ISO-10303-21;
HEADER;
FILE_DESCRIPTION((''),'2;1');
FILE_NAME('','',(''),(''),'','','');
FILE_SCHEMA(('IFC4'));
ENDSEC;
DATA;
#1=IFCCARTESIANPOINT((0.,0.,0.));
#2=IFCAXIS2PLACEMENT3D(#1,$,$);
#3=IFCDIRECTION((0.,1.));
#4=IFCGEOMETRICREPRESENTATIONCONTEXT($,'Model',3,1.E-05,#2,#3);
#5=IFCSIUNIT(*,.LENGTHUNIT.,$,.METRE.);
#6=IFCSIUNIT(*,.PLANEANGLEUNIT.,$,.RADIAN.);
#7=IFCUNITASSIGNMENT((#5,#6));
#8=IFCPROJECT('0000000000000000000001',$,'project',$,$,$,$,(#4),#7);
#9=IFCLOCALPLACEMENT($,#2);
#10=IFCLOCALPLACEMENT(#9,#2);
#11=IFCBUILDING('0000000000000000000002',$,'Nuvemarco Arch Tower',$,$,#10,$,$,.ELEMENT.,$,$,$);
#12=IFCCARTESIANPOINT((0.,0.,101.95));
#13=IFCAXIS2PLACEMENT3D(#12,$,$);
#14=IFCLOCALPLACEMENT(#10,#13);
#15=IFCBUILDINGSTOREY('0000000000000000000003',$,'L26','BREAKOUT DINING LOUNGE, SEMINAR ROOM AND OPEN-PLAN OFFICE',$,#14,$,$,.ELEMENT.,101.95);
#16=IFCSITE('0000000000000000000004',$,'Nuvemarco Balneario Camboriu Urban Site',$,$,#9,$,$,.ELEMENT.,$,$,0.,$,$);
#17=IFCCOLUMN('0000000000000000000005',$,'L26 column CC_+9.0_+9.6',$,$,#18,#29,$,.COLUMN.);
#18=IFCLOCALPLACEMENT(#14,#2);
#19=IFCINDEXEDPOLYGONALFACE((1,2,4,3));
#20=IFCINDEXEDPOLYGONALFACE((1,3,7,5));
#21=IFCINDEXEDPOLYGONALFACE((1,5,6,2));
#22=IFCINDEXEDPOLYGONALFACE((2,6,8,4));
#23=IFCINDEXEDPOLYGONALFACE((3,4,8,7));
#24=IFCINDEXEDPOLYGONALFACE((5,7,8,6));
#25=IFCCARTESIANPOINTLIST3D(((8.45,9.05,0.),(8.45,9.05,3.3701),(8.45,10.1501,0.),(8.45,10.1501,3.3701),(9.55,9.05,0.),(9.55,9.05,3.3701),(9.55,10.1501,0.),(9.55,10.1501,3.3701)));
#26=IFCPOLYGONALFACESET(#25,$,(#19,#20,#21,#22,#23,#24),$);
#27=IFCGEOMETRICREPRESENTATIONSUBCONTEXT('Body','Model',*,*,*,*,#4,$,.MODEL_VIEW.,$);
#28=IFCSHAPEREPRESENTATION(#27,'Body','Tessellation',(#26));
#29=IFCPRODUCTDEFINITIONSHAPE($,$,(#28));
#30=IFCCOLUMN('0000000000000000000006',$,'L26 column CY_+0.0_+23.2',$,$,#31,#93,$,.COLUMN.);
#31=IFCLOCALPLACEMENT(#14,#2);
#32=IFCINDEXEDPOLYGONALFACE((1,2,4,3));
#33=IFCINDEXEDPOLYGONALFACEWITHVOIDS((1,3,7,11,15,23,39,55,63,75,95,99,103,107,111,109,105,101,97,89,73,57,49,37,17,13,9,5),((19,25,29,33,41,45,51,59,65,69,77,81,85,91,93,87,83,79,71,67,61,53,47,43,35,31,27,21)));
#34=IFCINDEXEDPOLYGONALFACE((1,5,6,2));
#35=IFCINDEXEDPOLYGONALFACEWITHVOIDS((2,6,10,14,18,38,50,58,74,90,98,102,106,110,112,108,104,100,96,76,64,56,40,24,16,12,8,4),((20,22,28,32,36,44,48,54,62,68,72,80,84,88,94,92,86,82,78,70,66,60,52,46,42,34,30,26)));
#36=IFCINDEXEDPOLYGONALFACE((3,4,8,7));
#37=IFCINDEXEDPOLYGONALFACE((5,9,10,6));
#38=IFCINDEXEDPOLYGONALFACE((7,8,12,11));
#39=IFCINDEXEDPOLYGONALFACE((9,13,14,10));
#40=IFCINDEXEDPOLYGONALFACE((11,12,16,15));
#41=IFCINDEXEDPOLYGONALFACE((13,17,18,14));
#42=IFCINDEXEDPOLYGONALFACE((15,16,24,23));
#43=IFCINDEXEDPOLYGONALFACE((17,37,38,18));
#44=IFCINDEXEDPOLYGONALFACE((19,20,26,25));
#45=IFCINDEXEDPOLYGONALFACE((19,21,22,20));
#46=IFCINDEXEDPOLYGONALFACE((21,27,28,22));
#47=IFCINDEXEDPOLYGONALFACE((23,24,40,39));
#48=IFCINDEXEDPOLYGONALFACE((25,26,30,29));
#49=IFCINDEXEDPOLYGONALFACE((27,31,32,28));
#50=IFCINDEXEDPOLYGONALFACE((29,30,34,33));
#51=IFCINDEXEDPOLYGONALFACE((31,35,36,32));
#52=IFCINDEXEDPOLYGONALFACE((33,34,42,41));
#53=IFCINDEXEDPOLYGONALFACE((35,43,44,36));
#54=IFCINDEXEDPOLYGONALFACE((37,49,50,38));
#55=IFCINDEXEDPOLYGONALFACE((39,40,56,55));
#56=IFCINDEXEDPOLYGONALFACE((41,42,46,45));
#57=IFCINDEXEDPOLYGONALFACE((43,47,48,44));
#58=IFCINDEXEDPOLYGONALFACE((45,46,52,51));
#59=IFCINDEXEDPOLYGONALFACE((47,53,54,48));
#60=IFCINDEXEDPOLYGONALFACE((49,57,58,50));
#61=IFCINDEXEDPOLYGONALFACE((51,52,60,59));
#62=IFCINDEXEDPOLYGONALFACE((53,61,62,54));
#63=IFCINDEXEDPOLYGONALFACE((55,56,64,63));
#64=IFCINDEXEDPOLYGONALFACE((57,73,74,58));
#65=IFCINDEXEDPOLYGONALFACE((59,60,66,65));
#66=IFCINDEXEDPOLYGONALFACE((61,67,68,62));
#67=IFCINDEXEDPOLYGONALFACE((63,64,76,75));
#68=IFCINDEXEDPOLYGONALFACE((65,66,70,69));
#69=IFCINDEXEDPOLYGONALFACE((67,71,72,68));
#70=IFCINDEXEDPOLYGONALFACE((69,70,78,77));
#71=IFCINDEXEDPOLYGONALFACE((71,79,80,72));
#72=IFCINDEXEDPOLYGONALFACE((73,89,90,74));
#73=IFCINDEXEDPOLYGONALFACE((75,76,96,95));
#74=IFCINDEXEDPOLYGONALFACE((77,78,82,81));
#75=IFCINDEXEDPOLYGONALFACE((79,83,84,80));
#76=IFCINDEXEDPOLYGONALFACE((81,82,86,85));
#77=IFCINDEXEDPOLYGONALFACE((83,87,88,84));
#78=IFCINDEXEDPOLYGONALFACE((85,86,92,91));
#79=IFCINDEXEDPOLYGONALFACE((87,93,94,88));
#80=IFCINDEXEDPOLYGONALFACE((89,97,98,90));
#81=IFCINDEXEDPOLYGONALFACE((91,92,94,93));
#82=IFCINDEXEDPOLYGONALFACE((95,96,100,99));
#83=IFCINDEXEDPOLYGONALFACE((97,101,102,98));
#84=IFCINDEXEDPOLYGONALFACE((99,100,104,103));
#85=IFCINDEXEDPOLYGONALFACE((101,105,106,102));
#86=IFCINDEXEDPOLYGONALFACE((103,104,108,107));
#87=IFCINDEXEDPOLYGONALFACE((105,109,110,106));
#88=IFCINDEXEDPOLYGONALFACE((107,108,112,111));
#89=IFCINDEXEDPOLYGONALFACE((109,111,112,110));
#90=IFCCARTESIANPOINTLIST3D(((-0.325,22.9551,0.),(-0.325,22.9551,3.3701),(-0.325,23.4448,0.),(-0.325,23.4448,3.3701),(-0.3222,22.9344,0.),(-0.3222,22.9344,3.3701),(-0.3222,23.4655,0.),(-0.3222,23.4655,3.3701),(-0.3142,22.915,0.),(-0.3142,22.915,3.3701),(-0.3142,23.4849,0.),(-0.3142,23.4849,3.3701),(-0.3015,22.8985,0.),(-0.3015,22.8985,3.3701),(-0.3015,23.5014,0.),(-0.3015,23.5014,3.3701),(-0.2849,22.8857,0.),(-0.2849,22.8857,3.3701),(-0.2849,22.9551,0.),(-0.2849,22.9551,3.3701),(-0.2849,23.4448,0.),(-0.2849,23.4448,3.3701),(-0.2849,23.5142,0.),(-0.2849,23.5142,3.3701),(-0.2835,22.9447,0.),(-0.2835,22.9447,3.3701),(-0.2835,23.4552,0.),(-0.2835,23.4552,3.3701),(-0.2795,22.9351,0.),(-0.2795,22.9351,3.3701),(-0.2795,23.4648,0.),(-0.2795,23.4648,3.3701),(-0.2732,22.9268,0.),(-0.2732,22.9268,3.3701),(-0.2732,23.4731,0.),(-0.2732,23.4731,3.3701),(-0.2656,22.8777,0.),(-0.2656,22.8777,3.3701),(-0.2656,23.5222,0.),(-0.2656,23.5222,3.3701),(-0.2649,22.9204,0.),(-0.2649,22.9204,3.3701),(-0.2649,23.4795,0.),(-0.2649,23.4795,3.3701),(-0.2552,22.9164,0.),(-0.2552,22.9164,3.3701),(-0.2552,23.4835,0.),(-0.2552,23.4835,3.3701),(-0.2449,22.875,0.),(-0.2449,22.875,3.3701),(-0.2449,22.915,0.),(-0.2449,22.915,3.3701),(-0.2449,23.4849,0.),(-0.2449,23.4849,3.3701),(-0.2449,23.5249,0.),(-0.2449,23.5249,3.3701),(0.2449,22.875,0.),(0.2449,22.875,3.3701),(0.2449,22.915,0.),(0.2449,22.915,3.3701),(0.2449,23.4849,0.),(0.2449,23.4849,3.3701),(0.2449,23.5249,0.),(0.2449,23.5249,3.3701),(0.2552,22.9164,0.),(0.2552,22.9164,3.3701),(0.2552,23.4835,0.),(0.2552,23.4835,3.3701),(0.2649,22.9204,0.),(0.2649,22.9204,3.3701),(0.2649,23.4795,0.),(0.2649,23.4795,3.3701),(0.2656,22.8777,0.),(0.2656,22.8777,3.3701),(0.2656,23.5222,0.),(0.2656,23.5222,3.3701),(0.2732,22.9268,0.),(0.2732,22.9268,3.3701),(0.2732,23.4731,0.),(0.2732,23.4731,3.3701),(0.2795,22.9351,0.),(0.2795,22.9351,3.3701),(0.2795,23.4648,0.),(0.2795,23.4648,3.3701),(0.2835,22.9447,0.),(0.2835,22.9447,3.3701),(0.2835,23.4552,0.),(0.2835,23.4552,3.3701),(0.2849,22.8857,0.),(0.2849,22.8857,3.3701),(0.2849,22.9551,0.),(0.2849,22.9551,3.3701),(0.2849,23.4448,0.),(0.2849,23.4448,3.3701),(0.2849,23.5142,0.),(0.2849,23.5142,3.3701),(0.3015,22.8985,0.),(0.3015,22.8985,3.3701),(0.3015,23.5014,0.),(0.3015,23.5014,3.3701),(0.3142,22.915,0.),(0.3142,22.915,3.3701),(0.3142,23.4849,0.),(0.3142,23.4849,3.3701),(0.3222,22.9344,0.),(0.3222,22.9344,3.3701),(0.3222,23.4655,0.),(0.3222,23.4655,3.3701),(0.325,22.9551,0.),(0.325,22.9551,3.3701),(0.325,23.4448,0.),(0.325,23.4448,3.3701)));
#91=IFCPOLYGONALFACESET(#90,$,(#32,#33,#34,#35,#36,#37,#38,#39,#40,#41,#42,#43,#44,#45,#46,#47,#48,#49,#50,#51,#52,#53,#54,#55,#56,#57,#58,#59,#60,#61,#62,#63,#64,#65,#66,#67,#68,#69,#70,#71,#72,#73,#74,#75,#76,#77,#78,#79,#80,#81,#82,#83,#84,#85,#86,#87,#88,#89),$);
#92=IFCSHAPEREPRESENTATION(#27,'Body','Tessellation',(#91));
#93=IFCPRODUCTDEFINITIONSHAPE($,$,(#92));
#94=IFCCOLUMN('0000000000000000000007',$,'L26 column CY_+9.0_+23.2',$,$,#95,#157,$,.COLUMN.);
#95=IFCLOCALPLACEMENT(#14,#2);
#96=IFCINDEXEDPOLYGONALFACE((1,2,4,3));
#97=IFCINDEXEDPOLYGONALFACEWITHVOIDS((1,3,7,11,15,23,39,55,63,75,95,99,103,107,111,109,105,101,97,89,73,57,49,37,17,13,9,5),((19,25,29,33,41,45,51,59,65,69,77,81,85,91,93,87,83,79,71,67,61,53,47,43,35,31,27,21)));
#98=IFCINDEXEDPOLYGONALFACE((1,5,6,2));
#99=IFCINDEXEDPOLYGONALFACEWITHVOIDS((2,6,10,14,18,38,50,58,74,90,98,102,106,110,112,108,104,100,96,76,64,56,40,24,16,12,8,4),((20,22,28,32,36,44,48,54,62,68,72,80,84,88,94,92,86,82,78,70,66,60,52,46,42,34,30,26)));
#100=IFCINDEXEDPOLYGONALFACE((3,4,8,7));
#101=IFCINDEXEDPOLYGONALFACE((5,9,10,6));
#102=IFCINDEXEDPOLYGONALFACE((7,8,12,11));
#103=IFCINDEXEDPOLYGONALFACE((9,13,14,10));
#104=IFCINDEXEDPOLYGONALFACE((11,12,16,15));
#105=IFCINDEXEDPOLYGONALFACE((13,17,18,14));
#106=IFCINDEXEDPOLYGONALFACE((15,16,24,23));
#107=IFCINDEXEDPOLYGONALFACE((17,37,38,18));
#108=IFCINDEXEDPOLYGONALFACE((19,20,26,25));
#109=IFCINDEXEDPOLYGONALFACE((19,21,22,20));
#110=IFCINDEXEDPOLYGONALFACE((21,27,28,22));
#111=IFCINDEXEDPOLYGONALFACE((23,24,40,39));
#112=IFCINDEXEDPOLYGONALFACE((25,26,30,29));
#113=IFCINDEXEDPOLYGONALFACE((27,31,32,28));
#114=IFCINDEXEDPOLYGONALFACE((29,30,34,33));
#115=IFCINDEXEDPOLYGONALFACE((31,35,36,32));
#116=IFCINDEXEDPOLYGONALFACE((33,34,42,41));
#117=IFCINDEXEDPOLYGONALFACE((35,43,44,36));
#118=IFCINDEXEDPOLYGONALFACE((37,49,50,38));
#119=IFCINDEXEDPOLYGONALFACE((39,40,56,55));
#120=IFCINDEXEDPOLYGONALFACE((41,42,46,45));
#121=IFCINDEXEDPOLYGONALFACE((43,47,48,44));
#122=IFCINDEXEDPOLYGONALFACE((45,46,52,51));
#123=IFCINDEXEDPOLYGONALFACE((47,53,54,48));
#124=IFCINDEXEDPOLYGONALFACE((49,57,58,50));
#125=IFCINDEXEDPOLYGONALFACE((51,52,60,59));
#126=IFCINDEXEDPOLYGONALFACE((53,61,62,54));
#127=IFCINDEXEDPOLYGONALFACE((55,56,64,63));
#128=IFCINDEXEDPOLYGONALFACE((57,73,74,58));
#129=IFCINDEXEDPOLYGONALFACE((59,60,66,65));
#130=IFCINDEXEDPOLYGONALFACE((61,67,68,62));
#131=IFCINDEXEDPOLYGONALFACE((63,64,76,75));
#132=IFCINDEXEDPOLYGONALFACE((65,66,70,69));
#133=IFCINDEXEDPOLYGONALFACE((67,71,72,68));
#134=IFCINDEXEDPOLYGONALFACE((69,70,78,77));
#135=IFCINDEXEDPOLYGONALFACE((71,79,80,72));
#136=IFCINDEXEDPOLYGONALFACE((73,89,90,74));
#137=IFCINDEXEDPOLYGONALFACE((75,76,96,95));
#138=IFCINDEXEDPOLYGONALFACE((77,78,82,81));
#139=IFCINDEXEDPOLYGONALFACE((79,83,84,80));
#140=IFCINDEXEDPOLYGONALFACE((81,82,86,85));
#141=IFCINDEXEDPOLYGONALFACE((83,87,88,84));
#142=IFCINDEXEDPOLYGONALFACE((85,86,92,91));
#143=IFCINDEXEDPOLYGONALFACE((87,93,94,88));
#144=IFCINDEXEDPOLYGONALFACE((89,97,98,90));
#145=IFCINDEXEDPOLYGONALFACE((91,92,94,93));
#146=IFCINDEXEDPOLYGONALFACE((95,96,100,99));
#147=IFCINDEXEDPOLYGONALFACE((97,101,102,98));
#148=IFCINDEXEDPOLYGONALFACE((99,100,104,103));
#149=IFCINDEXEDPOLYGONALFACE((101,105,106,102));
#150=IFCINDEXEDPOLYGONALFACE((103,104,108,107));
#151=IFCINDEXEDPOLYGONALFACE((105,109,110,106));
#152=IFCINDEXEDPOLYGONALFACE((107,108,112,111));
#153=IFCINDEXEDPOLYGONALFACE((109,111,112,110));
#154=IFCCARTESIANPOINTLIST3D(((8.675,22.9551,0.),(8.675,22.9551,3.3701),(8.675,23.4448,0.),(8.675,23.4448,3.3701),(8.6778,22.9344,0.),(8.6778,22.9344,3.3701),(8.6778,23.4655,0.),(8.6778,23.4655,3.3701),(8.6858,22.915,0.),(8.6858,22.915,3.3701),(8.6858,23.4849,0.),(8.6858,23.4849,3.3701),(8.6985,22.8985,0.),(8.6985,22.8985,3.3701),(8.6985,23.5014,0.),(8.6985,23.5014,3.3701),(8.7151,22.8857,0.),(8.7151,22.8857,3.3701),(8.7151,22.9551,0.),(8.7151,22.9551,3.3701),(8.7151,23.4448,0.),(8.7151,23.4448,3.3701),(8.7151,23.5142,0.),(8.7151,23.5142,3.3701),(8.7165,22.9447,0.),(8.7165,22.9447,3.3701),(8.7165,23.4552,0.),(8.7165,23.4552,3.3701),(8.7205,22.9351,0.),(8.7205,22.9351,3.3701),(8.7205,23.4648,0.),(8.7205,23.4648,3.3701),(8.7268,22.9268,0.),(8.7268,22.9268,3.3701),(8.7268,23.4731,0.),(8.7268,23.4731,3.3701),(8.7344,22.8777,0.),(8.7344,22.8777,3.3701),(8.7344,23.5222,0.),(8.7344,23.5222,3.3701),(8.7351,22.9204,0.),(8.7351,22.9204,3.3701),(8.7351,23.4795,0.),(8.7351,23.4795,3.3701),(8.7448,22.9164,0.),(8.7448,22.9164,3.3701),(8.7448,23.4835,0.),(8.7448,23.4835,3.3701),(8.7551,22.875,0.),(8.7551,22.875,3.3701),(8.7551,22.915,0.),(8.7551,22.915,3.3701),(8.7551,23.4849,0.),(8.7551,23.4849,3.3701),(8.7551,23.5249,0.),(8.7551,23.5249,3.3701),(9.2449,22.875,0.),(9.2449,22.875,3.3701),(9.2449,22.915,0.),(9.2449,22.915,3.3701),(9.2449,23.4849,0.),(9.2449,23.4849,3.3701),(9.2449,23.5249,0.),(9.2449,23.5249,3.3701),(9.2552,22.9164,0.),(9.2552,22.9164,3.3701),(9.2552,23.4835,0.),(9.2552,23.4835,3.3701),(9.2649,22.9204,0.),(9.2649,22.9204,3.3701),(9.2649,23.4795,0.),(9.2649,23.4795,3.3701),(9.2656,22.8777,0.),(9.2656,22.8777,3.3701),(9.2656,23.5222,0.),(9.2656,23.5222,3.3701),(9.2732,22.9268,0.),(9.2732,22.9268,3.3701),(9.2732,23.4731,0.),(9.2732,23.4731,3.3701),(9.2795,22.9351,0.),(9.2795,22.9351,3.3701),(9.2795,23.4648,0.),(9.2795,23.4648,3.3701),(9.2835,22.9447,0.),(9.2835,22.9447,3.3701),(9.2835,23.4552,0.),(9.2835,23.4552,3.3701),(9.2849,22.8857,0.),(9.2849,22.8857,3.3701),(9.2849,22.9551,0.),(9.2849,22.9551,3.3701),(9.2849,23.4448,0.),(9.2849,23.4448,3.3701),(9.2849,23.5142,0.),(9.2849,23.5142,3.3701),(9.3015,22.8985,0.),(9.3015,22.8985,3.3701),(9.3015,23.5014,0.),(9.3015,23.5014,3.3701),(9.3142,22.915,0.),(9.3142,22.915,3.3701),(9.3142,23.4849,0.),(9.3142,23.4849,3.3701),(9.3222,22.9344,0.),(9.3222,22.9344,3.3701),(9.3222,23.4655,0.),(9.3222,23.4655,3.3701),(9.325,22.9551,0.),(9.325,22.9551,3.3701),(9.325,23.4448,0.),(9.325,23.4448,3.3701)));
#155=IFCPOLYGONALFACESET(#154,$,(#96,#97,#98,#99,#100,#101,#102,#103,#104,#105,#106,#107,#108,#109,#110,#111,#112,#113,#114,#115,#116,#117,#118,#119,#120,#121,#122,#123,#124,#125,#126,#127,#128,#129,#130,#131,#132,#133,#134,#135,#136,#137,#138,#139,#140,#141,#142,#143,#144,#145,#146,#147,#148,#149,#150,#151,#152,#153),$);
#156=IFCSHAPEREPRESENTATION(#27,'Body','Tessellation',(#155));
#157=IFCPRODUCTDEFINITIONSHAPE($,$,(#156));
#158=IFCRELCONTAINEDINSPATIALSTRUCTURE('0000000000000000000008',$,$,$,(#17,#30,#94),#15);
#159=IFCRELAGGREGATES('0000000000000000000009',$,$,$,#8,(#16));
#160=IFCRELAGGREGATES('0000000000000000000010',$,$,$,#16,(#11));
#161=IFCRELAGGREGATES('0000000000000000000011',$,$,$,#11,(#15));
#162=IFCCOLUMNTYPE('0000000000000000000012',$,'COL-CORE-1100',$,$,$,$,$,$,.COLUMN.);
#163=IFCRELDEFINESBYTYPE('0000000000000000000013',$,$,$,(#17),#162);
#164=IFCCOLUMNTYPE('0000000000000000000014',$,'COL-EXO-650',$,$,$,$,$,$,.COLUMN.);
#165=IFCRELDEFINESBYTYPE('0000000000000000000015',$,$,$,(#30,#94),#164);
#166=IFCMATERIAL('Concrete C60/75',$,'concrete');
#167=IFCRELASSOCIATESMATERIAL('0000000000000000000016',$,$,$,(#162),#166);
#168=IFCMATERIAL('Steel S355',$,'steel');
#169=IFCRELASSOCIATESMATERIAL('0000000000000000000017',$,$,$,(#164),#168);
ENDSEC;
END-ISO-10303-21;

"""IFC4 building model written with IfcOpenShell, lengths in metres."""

from ifc_helpers import new_model, si_unit, direction, frame, origin, origin_2d, place, context, subcontext, project, spatial, rectangle, hollow_rectangle, extrude, material, material_profile, profile_set, type_object, element, save


model = new_model("IFC4")

# Units and contexts
model_context = context("Model", 3, precision=1e-05, world=origin(), true_north=direction((0.0, 1.0)))
body_context = subcontext(model_context, "Body", "Model", "MODEL_VIEW")
ifc_project = project(units=[si_unit("LENGTHUNIT", "METRE"), si_unit("PLANEANGLEUNIT", "RADIAN")], contexts=[model_context])

# Site, building, storey
site_placement = place(None, origin())
site = spatial("IfcSite", under=ifc_project, at=site_placement, Name="Nuvemarco Balneario Camboriu Urban Site", CompositionType="ELEMENT", RefElevation=0.0)
building_placement = place(site_placement, origin())
building = spatial("IfcBuilding", under=site, at=building_placement, Name="Nuvemarco Arch Tower", CompositionType="ELEMENT")
storey_placement = place(building_placement, frame((0.0, 0.0, 101.95)))
storey = spatial("IfcBuildingStorey", under=building, at=storey_placement, Name="L26", Description="BREAKOUT DINING LOUNGE, SEMINAR ROOM AND OPEN-PLAN OFFICE", CompositionType="ELEMENT", Elevation=101.95)

# Columns
ifc_material_1 = material(Name="Concrete C60/75", Category="concrete")
ifc_material_profile_1 = material_profile(ifc_material_1, rectangle(XDim=1.1001, YDim=1.1001, at=origin_2d()), Name="RC-COL-1100x1100")
ifc_profile_set_1 = profile_set([ifc_material_profile_1], Name="Concrete C60/75")
column_type_1 = type_object("IfcColumnType", Name="COL-CORE-1100", PredefinedType="COLUMN", material=ifc_profile_set_1)
column_placement = place(storey_placement, frame((9.0, 9.6001, 0.0), z_axis=(0.0, 0.0, 1.0), x_axis=(1.0, 0.0, 0.0)))
element("IfcColumn", 1, at=column_placement, inside=storey, type_object=column_type_1, Name="L26 column CC_+9.0_+9.6", PredefinedType="COLUMN", context=body_context, shape_type="SweptSolid", body=[
    extrude(rectangle(XDim=1.1001, YDim=1.1001, at=origin_2d()), origin(), (0.0, 0.0, 1.0), 3.3701),
])
ifc_material_2 = material(Name="Steel S355", Category="steel")
ifc_material_profile_2 = material_profile(ifc_material_2, hollow_rectangle(XDim=0.6499, YDim=0.6499, WallThickness=0.04, InnerFilletRadius=0.04, OuterFilletRadius=0.0801, at=origin_2d()), Name="SHS650x650x40")
ifc_profile_set_2 = profile_set([ifc_material_profile_2], Name="Steel S355")
column_type_2 = type_object("IfcColumnType", Name="COL-EXO-650", PredefinedType="COLUMN", material=ifc_profile_set_2)
for number, where, z_axis, x_axis, name in (
    (2, (0.0, 23.2, 0.0), (0.0, 0.0, 1.0), (1.0, 0.0, 0.0), "L26 column CY_+0.0_+23.2"),
    (3, (9.0, 23.2, 0.0), (0.0, 0.0, 1.0), (1.0, 0.0, 0.0), "L26 column CY_+9.0_+23.2"),
):
    element("IfcColumn", number, at=place(storey_placement, frame(where, z_axis=z_axis, x_axis=x_axis)), inside=storey, type_object=column_type_2, Name=name, PredefinedType="COLUMN", context=body_context, shape_type="SweptSolid", body=[
        extrude(hollow_rectangle(XDim=0.6499, YDim=0.6499, WallThickness=0.04, InnerFilletRadius=0.04, OuterFilletRadius=0.0801, at=origin_2d()), origin(), (0.0, 0.0, 1.0), 3.3701),
    ])

save(model, "model.ifc")
